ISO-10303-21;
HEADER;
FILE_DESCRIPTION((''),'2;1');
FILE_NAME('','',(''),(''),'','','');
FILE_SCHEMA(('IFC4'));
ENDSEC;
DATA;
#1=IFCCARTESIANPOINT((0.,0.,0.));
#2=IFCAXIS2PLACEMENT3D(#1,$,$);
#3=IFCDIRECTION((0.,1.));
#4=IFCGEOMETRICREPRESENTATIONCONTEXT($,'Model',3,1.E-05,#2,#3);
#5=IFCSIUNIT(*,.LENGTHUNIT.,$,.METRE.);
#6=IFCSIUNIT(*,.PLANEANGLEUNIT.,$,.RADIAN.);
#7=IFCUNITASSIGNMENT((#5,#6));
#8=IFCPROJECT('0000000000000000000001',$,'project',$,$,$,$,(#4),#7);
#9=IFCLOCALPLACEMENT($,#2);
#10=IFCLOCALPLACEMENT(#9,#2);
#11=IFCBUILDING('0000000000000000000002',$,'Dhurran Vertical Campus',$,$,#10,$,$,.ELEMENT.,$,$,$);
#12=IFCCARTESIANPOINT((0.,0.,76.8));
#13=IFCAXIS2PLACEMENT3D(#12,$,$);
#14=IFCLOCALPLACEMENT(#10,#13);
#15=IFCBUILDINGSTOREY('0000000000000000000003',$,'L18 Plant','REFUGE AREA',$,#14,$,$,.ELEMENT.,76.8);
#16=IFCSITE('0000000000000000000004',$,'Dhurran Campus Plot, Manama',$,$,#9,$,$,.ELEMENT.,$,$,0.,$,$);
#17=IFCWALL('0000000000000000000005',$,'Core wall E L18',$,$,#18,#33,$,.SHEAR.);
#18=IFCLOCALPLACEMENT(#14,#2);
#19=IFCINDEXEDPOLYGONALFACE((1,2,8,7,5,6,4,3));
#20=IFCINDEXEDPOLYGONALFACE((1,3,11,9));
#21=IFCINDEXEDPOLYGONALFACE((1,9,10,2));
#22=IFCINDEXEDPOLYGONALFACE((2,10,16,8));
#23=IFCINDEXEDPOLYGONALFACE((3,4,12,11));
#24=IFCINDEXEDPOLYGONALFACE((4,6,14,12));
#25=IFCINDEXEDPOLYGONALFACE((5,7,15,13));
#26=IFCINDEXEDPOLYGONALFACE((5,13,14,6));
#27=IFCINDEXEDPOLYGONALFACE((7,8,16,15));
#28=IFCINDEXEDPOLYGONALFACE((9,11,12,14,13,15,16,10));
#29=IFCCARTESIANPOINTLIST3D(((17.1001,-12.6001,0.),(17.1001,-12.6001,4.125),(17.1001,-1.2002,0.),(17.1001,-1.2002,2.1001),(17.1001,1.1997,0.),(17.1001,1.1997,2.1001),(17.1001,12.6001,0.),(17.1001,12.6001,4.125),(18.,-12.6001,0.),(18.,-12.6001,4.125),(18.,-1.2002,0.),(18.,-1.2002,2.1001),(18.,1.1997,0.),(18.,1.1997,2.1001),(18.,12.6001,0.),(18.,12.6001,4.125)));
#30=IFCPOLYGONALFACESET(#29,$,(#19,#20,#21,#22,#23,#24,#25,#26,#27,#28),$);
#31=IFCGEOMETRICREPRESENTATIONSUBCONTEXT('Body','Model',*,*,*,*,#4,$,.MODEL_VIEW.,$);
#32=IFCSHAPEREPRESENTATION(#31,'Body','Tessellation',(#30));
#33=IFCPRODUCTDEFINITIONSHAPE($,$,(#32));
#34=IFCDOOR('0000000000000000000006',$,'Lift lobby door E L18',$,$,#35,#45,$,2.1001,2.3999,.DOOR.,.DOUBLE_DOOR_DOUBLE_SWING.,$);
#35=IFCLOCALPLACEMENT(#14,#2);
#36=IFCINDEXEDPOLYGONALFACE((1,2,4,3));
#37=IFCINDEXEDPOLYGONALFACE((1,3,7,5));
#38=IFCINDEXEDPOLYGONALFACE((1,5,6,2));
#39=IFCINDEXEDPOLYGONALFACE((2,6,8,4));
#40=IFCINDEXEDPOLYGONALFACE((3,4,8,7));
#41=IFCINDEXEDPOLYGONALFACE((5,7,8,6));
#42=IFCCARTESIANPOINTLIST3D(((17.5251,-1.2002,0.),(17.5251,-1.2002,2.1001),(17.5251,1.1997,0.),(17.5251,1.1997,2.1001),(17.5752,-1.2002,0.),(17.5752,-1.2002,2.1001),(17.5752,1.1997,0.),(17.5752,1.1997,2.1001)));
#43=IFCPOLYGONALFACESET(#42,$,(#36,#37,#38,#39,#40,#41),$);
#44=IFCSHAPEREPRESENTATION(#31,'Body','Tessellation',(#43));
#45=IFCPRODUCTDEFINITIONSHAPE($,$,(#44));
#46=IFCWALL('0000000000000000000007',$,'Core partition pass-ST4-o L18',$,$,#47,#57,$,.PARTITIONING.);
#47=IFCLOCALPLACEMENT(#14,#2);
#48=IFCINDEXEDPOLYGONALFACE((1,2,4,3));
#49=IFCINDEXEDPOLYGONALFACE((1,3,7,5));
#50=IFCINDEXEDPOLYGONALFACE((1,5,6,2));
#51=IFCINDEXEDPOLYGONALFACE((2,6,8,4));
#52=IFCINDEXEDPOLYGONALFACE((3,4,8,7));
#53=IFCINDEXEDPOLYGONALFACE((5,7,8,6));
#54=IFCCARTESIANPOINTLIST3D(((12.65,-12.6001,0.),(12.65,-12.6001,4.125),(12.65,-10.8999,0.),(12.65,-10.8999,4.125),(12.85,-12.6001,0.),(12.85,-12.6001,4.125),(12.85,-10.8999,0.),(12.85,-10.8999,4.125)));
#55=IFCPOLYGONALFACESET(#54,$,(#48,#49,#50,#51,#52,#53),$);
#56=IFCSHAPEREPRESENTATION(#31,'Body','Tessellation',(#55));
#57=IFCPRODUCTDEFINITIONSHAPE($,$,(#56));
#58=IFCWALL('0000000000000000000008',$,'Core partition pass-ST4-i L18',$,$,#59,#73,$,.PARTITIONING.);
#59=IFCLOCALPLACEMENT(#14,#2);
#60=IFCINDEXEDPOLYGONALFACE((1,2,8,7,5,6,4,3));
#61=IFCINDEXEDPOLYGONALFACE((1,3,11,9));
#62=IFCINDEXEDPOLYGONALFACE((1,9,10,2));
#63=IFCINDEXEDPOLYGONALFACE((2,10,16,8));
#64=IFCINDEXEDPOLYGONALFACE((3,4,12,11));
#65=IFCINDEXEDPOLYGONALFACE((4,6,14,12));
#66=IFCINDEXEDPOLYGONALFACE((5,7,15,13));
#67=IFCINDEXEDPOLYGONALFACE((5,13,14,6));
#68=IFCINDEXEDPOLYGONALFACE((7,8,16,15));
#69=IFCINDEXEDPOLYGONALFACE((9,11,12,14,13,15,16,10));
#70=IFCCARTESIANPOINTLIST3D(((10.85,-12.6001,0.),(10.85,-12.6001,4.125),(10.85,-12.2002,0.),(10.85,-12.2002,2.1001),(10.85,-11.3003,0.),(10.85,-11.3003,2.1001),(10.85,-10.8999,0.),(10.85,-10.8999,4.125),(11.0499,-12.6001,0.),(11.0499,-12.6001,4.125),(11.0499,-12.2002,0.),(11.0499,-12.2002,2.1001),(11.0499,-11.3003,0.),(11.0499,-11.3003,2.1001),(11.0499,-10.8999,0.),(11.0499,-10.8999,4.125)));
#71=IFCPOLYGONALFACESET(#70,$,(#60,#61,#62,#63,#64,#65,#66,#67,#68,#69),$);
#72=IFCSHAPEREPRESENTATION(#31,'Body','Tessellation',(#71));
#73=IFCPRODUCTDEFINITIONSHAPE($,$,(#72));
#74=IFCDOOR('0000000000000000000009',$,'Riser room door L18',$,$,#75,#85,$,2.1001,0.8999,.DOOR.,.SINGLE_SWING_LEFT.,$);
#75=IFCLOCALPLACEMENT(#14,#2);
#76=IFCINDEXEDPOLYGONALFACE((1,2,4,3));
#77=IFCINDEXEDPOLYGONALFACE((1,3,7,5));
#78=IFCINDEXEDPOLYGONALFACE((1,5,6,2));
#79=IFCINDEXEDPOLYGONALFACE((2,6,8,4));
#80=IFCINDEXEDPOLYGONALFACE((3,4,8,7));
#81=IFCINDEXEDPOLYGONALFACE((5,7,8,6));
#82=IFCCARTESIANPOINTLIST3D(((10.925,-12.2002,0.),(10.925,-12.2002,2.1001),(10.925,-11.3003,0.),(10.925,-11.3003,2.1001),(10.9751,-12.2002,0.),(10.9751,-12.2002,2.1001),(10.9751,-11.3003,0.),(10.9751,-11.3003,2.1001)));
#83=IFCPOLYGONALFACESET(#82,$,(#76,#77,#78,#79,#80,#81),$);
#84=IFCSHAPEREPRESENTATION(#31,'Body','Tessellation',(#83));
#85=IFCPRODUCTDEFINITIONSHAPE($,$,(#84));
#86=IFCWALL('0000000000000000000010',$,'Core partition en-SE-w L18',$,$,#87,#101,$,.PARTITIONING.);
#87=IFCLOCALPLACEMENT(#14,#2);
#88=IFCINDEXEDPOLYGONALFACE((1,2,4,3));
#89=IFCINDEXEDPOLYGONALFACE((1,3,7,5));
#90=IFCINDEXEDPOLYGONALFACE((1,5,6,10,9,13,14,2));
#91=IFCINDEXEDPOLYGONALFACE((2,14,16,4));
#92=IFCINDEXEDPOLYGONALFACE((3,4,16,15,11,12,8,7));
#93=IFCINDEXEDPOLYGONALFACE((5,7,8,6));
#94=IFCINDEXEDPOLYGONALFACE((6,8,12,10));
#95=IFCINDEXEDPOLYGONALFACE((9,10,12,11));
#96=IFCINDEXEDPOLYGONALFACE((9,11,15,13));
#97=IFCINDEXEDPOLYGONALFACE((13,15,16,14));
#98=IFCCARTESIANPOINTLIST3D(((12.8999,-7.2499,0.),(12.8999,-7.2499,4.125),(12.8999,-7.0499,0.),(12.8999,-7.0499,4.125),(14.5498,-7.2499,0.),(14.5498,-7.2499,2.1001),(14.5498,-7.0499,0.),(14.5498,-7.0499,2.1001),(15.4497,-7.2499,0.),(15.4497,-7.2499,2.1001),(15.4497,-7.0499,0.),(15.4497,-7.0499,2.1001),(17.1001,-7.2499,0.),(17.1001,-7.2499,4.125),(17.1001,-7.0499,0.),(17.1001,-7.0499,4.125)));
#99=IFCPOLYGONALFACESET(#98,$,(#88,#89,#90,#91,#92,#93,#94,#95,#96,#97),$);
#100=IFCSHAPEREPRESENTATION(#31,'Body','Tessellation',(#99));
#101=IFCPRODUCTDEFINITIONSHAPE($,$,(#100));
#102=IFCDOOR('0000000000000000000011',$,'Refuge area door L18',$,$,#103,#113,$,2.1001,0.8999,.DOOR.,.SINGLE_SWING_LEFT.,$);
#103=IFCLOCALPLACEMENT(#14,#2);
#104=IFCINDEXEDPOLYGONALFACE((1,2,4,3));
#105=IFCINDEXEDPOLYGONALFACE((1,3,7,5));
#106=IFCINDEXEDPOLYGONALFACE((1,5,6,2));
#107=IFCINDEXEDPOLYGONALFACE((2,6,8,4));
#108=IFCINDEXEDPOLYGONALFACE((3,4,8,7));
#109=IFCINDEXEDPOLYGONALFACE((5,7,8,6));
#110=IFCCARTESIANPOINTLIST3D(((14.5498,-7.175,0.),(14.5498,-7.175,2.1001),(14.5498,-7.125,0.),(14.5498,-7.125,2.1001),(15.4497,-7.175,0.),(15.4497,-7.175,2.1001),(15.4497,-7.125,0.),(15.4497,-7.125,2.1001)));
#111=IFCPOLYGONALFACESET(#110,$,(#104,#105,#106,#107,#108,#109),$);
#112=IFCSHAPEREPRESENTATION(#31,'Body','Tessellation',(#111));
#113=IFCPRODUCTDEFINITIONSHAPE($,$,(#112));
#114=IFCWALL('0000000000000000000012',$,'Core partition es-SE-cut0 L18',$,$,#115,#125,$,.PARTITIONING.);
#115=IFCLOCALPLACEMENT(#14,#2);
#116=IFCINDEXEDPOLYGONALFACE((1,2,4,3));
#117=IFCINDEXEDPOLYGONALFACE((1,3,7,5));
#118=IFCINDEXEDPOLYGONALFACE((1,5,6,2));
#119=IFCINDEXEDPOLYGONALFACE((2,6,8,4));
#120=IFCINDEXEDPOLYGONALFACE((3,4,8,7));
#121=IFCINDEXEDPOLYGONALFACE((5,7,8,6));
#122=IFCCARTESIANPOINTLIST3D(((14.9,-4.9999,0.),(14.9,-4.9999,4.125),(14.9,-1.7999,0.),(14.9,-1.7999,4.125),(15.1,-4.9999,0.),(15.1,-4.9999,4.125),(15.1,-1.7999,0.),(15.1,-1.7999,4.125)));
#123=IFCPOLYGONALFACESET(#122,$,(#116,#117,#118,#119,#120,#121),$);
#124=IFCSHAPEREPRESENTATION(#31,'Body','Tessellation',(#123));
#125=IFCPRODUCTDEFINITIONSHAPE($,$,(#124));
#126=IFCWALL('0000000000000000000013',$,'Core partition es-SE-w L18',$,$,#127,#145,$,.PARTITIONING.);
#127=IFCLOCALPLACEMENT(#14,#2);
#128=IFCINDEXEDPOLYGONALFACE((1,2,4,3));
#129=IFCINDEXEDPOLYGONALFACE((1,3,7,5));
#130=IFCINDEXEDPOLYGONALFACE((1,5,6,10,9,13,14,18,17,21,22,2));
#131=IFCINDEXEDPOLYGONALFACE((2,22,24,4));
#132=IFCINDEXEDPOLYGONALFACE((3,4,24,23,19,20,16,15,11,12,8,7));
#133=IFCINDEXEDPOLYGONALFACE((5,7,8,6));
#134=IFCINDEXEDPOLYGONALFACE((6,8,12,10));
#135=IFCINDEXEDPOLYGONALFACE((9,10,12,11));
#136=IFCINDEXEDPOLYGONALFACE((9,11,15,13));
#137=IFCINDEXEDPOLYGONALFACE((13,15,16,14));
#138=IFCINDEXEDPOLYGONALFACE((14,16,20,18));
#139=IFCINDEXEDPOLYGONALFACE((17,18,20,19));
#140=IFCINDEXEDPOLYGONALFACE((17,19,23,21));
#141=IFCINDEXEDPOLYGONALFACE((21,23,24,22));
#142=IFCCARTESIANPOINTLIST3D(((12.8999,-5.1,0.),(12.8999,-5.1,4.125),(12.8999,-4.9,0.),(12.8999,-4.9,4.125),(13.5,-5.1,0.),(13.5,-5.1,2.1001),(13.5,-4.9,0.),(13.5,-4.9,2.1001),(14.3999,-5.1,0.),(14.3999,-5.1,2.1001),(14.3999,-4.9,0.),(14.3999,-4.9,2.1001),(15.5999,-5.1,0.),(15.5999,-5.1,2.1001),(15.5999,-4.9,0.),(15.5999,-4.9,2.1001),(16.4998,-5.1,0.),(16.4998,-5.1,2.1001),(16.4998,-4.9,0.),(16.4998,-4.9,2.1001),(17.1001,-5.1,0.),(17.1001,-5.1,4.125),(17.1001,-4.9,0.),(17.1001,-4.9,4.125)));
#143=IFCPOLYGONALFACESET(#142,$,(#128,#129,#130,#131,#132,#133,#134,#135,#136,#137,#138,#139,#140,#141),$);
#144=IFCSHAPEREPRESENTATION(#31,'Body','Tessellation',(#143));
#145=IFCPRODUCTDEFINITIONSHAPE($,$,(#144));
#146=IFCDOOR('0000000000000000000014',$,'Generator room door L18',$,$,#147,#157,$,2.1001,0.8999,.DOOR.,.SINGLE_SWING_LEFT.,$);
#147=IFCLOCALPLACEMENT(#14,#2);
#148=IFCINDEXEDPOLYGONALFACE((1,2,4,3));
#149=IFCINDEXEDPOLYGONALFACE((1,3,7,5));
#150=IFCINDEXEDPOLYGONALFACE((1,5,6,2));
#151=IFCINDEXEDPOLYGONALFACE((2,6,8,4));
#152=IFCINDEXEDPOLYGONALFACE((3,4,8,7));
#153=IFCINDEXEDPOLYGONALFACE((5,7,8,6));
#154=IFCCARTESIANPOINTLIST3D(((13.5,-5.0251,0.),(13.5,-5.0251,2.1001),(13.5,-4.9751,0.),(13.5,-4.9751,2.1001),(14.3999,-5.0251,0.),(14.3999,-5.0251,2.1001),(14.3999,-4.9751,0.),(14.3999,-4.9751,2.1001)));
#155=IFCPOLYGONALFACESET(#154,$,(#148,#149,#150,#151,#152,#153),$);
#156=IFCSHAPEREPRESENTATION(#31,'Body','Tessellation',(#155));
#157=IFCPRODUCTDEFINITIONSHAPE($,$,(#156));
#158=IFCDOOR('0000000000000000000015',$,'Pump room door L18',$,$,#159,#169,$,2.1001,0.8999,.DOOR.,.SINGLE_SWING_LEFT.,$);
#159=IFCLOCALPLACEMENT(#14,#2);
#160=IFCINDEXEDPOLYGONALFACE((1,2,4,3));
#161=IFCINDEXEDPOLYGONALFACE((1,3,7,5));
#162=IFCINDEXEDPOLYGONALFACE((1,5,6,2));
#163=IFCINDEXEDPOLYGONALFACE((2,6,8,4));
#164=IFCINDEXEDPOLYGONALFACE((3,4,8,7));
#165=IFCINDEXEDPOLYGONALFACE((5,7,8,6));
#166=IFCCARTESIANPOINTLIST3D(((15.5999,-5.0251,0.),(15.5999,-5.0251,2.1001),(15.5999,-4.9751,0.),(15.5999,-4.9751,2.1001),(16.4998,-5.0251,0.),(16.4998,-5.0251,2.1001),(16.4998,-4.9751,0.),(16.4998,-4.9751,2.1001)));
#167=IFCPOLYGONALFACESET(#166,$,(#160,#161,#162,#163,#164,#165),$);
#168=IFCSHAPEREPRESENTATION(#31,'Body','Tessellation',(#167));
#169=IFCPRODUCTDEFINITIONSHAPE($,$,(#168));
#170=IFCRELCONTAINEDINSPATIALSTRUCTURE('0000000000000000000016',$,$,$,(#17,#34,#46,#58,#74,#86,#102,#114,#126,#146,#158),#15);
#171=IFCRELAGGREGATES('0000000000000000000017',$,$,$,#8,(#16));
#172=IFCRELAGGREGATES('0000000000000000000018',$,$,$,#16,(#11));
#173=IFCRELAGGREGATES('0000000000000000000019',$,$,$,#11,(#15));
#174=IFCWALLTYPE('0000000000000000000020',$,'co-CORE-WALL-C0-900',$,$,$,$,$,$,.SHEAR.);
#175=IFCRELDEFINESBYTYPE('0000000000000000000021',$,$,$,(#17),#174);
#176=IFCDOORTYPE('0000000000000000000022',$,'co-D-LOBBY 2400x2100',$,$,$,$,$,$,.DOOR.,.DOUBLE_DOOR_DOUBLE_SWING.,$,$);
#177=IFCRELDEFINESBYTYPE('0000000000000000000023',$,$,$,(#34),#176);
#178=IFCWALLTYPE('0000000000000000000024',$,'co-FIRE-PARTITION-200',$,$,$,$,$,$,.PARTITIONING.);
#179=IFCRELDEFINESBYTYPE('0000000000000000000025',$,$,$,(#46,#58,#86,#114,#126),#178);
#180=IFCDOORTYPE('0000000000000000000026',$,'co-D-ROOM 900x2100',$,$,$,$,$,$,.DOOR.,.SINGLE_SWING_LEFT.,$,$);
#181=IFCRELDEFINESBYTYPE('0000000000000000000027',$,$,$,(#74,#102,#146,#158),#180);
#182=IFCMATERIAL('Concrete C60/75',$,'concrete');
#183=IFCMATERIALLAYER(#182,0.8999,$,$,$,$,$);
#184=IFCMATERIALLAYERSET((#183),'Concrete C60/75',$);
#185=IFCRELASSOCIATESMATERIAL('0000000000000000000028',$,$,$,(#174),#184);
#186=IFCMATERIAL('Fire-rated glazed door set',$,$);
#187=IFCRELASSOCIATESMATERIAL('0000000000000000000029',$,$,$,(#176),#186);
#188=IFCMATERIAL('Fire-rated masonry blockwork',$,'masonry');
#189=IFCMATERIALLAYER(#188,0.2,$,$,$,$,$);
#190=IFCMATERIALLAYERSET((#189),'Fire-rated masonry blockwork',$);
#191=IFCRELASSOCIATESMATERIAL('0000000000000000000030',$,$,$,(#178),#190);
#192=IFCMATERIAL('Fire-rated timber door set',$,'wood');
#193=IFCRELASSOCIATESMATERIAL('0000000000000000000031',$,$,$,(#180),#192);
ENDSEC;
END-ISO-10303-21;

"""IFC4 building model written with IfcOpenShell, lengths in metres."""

from ifc_helpers import new_model, si_unit, direction, frame, frame_2d, origin, place, context, subcontext, project, spatial, rectangle, extrude, material, layer, layer_set, type_object, element, fill, save


model = new_model("IFC4")

# Units and contexts
model_context = context("Model", 3, precision=1e-05, world=origin(), true_north=direction((0.0, 1.0)))
body_context = subcontext(model_context, "Body", "Model", "MODEL_VIEW")
ifc_project = project(units=[si_unit("LENGTHUNIT", "METRE"), si_unit("PLANEANGLEUNIT", "RADIAN")], contexts=[model_context])

# Site, building, storey
site_placement = place(None, origin())
site = spatial("IfcSite", under=ifc_project, at=site_placement, Name="Dhurran Campus Plot, Manama", CompositionType="ELEMENT", RefElevation=0.0)
building_placement = place(site_placement, origin())
building = spatial("IfcBuilding", under=site, at=building_placement, Name="Dhurran Vertical Campus", CompositionType="ELEMENT")
storey_placement = place(building_placement, frame((0.0, 0.0, 76.8)))
storey = spatial("IfcBuildingStorey", under=building, at=storey_placement, Name="L18 Plant", Description="REFUGE AREA", CompositionType="ELEMENT", Elevation=76.8)

# Wall, opening, door
ifc_material_1 = material(Name="Concrete C60/75", Category="concrete")
ifc_layer_1 = layer(ifc_material_1, 0.8999)
ifc_layer_set_1 = layer_set([ifc_layer_1], Name="Concrete C60/75")
wall_type_1 = type_object("IfcWallType", Name="co-CORE-WALL-C0-900", PredefinedType="SHEAR", material=ifc_layer_set_1)
wall_1_placement = place(storey_placement, frame((17.55, -12.6001, 0.0), z_axis=(0.0, 0.0, 1.0), x_axis=(0.0, 1.0, 0.0)))
wall_1 = element("IfcWall", 1, at=wall_1_placement, inside=storey, type_object=wall_type_1, Name="Core wall E L18", PredefinedType="SHEAR", context=body_context, shape_type="SweptSolid", body=[
    extrude(rectangle(XDim=25.2002, YDim=0.8999, at=frame_2d((12.6001, 0.0))), origin(), (0.0, 0.0, 1.0), 4.125),
])
opening_1_placement = place(wall_1_placement, frame((11.3999, 0.0, 0.0)))
opening_1 = element("IfcOpeningElement", 2, at=opening_1_placement, cuts=wall_1, PredefinedType="OPENING", context=body_context, shape_type="SweptSolid", body=[
    extrude(rectangle(XDim=2.3999, YDim=2.1001, at=frame_2d((1.2, 1.05))), frame((0.0, 0.46, 0.0), z_axis=(0.0, -1.0, 0.0), x_axis=(1.0, 0.0, 0.0)), (0.0, 0.0, 1.0), 0.9199),
])
ifc_material_2 = material(Name="Fire-rated glazed door set")
door_type_1 = type_object("IfcDoorType", Name="co-D-LOBBY 2400x2100", OperationType="DOUBLE_DOOR_DOUBLE_SWING", PredefinedType="DOOR", material=ifc_material_2)
door_1_placement = place(opening_1_placement, origin())
door_1 = element("IfcDoor", 3, at=door_1_placement, inside=storey, type_object=door_type_1, Name="Lift lobby door E L18", OperationType="DOUBLE_DOOR_DOUBLE_SWING", OverallHeight=2.1001, OverallWidth=2.3999, PredefinedType="DOOR", context=body_context, shape_type="SweptSolid", body=[
    extrude(rectangle(XDim=2.3999, YDim=2.1001, at=frame_2d((1.2, 1.05))), frame((0.0, 0.0249, 0.0), z_axis=(0.0, -1.0, 0.0), x_axis=(1.0, 0.0, 0.0)), (0.0, 0.0, 1.0), 0.05),
])
fill(opening_1, door_1)

# Wall
ifc_material_3 = material(Name="Fire-rated masonry blockwork", Category="masonry")
ifc_layer_2 = layer(ifc_material_3, 0.2)
ifc_layer_set_2 = layer_set([ifc_layer_2], Name="Fire-rated masonry blockwork")
wall_type_2 = type_object("IfcWallType", Name="co-FIRE-PARTITION-200", PredefinedType="PARTITIONING", material=ifc_layer_set_2)
wall_2_placement = place(storey_placement, frame((12.75, -12.6001, 0.0), z_axis=(0.0, 0.0, 1.0), x_axis=(0.0, 1.0, 0.0)))
element("IfcWall", 4, at=wall_2_placement, inside=storey, type_object=wall_type_2, Name="Core partition pass-ST4-o L18", PredefinedType="PARTITIONING", context=body_context, shape_type="SweptSolid", body=[
    extrude(rectangle(XDim=1.7002, YDim=0.2, at=frame_2d((0.8501, 0.0))), origin(), (0.0, 0.0, 1.0), 4.125),
])

# Walls, openings, doors
wall_3_placement = place(storey_placement, frame((10.95, -12.6001, 0.0), z_axis=(0.0, 0.0, 1.0), x_axis=(0.0, 1.0, 0.0)))
wall_3 = element("IfcWall", 5, at=wall_3_placement, inside=storey, type_object=wall_type_2, Name="Core partition pass-ST4-i L18", PredefinedType="PARTITIONING", context=body_context, shape_type="SweptSolid", body=[
    extrude(rectangle(XDim=1.7002, YDim=0.2, at=frame_2d((0.8501, 0.0))), origin(), (0.0, 0.0, 1.0), 4.125),
])
opening_2_placement = place(wall_3_placement, frame((0.3999, 0.0, 0.0)))
opening_2 = element("IfcOpeningElement", 6, at=opening_2_placement, cuts=wall_3, PredefinedType="OPENING", context=body_context, shape_type="SweptSolid", body=[
    extrude(rectangle(XDim=0.8999, YDim=2.1001, at=frame_2d((0.45, 1.05))), frame((0.0, 0.1099, 0.0), z_axis=(0.0, -1.0, 0.0), x_axis=(1.0, 0.0, 0.0)), (0.0, 0.0, 1.0), 0.22),
])
ifc_material_4 = material(Name="Fire-rated timber door set", Category="wood")
door_type_2 = type_object("IfcDoorType", Name="co-D-ROOM 900x2100", OperationType="SINGLE_SWING_LEFT", PredefinedType="DOOR", material=ifc_material_4)
door_2_placement = place(opening_2_placement, origin())
door_2 = element("IfcDoor", 7, at=door_2_placement, inside=storey, type_object=door_type_2, Name="Riser room door L18", OperationType="SINGLE_SWING_LEFT", OverallHeight=2.1001, OverallWidth=0.8999, PredefinedType="DOOR", context=body_context, shape_type="SweptSolid", body=[
    extrude(rectangle(XDim=0.8999, YDim=2.1001, at=frame_2d((0.45, 1.05))), frame((0.0, 0.0249, 0.0), z_axis=(0.0, -1.0, 0.0), x_axis=(1.0, 0.0, 0.0)), (0.0, 0.0, 1.0), 0.05),
])
fill(opening_2, door_2)
wall_4_placement = place(storey_placement, frame((12.8999, -7.1499, 0.0), z_axis=(0.0, 0.0, 1.0), x_axis=(1.0, 0.0, 0.0)))
wall_4 = element("IfcWall", 8, at=wall_4_placement, inside=storey, type_object=wall_type_2, Name="Core partition en-SE-w L18", PredefinedType="PARTITIONING", context=body_context, shape_type="SweptSolid", body=[
    extrude(rectangle(XDim=4.2002, YDim=0.2, at=frame_2d((2.1001, 0.0))), origin(), (0.0, 0.0, 1.0), 4.125),
])
opening_3_placement = place(wall_4_placement, frame((1.6499, 0.0, 0.0)))
opening_3 = element("IfcOpeningElement", 9, at=opening_3_placement, cuts=wall_4, PredefinedType="OPENING", context=body_context, shape_type="SweptSolid", body=[
    extrude(rectangle(XDim=0.8999, YDim=2.1001, at=frame_2d((0.45, 1.05))), frame((0.0, 0.1099, 0.0), z_axis=(0.0, -1.0, 0.0), x_axis=(1.0, 0.0, 0.0)), (0.0, 0.0, 1.0), 0.22),
])
door_3_placement = place(opening_3_placement, origin())
door_3 = element("IfcDoor", 10, at=door_3_placement, inside=storey, type_object=door_type_2, Name="Refuge area door L18", OperationType="SINGLE_SWING_LEFT", OverallHeight=2.1001, OverallWidth=0.8999, PredefinedType="DOOR", context=body_context, shape_type="SweptSolid", body=[
    extrude(rectangle(XDim=0.8999, YDim=2.1001, at=frame_2d((0.45, 1.05))), frame((0.0, 0.0249, 0.0), z_axis=(0.0, -1.0, 0.0), x_axis=(1.0, 0.0, 0.0)), (0.0, 0.0, 1.0), 0.05),
])
fill(opening_3, door_3)

# Wall
wall_5_placement = place(storey_placement, frame((15.0, -5.0, 0.0), z_axis=(0.0, 0.0, 1.0), x_axis=(0.0, 1.0, 0.0)))
element("IfcWall", 11, at=wall_5_placement, inside=storey, type_object=wall_type_2, Name="Core partition es-SE-cut0 L18", PredefinedType="PARTITIONING", context=body_context, shape_type="SweptSolid", body=[
    extrude(rectangle(XDim=3.2, YDim=0.2, at=frame_2d((1.6001, 0.0))), origin(), (0.0, 0.0, 1.0), 4.125),
])

# Wall, openings, doors
wall_6_placement = place(storey_placement, frame((12.8999, -5.0, 0.0), z_axis=(0.0, 0.0, 1.0), x_axis=(1.0, 0.0, 0.0)))
wall_6 = element("IfcWall", 12, at=wall_6_placement, inside=storey, type_object=wall_type_2, Name="Core partition es-SE-w L18", PredefinedType="PARTITIONING", context=body_context, shape_type="SweptSolid", body=[
    extrude(rectangle(XDim=4.2002, YDim=0.2, at=frame_2d((2.1001, 0.0))), origin(), (0.0, 0.0, 1.0), 4.125),
])
opening_4_placement = place(wall_6_placement, frame((0.6001, 0.0, 0.0)))
opening_4 = element("IfcOpeningElement", 13, at=opening_4_placement, cuts=wall_6, PredefinedType="OPENING", context=body_context, shape_type="SweptSolid", body=[
    extrude(rectangle(XDim=0.8999, YDim=2.1001, at=frame_2d((0.45, 1.05))), frame((0.0, 0.1099, 0.0), z_axis=(0.0, -1.0, 0.0), x_axis=(1.0, 0.0, 0.0)), (0.0, 0.0, 1.0), 0.22),
])
opening_5_placement = place(wall_6_placement, frame((2.7, 0.0, 0.0)))
opening_5 = element("IfcOpeningElement", 14, at=opening_5_placement, cuts=wall_6, PredefinedType="OPENING", context=body_context, shape_type="SweptSolid", body=[
    extrude(rectangle(XDim=0.8999, YDim=2.1001, at=frame_2d((0.45, 1.05))), frame((0.0, 0.1099, 0.0), z_axis=(0.0, -1.0, 0.0), x_axis=(1.0, 0.0, 0.0)), (0.0, 0.0, 1.0), 0.22),
])
door_4_placement = place(opening_4_placement, origin())
door_4 = element("IfcDoor", 15, at=door_4_placement, inside=storey, type_object=door_type_2, Name="Generator room door L18", OperationType="SINGLE_SWING_LEFT", OverallHeight=2.1001, OverallWidth=0.8999, PredefinedType="DOOR", context=body_context, shape_type="SweptSolid", body=[
    extrude(rectangle(XDim=0.8999, YDim=2.1001, at=frame_2d((0.45, 1.05))), frame((0.0, 0.0249, 0.0), z_axis=(0.0, -1.0, 0.0), x_axis=(1.0, 0.0, 0.0)), (0.0, 0.0, 1.0), 0.05),
])
fill(opening_4, door_4)
door_5_placement = place(opening_5_placement, origin())
door_5 = element("IfcDoor", 16, at=door_5_placement, inside=storey, type_object=door_type_2, Name="Pump room door L18", OperationType="SINGLE_SWING_LEFT", OverallHeight=2.1001, OverallWidth=0.8999, PredefinedType="DOOR", context=body_context, shape_type="SweptSolid", body=[
    extrude(rectangle(XDim=0.8999, YDim=2.1001, at=frame_2d((0.45, 1.05))), frame((0.0, 0.0249, 0.0), z_axis=(0.0, -1.0, 0.0), x_axis=(1.0, 0.0, 0.0)), (0.0, 0.0, 1.0), 0.05),
])
fill(opening_5, door_5)

save(model, "model.ifc")
